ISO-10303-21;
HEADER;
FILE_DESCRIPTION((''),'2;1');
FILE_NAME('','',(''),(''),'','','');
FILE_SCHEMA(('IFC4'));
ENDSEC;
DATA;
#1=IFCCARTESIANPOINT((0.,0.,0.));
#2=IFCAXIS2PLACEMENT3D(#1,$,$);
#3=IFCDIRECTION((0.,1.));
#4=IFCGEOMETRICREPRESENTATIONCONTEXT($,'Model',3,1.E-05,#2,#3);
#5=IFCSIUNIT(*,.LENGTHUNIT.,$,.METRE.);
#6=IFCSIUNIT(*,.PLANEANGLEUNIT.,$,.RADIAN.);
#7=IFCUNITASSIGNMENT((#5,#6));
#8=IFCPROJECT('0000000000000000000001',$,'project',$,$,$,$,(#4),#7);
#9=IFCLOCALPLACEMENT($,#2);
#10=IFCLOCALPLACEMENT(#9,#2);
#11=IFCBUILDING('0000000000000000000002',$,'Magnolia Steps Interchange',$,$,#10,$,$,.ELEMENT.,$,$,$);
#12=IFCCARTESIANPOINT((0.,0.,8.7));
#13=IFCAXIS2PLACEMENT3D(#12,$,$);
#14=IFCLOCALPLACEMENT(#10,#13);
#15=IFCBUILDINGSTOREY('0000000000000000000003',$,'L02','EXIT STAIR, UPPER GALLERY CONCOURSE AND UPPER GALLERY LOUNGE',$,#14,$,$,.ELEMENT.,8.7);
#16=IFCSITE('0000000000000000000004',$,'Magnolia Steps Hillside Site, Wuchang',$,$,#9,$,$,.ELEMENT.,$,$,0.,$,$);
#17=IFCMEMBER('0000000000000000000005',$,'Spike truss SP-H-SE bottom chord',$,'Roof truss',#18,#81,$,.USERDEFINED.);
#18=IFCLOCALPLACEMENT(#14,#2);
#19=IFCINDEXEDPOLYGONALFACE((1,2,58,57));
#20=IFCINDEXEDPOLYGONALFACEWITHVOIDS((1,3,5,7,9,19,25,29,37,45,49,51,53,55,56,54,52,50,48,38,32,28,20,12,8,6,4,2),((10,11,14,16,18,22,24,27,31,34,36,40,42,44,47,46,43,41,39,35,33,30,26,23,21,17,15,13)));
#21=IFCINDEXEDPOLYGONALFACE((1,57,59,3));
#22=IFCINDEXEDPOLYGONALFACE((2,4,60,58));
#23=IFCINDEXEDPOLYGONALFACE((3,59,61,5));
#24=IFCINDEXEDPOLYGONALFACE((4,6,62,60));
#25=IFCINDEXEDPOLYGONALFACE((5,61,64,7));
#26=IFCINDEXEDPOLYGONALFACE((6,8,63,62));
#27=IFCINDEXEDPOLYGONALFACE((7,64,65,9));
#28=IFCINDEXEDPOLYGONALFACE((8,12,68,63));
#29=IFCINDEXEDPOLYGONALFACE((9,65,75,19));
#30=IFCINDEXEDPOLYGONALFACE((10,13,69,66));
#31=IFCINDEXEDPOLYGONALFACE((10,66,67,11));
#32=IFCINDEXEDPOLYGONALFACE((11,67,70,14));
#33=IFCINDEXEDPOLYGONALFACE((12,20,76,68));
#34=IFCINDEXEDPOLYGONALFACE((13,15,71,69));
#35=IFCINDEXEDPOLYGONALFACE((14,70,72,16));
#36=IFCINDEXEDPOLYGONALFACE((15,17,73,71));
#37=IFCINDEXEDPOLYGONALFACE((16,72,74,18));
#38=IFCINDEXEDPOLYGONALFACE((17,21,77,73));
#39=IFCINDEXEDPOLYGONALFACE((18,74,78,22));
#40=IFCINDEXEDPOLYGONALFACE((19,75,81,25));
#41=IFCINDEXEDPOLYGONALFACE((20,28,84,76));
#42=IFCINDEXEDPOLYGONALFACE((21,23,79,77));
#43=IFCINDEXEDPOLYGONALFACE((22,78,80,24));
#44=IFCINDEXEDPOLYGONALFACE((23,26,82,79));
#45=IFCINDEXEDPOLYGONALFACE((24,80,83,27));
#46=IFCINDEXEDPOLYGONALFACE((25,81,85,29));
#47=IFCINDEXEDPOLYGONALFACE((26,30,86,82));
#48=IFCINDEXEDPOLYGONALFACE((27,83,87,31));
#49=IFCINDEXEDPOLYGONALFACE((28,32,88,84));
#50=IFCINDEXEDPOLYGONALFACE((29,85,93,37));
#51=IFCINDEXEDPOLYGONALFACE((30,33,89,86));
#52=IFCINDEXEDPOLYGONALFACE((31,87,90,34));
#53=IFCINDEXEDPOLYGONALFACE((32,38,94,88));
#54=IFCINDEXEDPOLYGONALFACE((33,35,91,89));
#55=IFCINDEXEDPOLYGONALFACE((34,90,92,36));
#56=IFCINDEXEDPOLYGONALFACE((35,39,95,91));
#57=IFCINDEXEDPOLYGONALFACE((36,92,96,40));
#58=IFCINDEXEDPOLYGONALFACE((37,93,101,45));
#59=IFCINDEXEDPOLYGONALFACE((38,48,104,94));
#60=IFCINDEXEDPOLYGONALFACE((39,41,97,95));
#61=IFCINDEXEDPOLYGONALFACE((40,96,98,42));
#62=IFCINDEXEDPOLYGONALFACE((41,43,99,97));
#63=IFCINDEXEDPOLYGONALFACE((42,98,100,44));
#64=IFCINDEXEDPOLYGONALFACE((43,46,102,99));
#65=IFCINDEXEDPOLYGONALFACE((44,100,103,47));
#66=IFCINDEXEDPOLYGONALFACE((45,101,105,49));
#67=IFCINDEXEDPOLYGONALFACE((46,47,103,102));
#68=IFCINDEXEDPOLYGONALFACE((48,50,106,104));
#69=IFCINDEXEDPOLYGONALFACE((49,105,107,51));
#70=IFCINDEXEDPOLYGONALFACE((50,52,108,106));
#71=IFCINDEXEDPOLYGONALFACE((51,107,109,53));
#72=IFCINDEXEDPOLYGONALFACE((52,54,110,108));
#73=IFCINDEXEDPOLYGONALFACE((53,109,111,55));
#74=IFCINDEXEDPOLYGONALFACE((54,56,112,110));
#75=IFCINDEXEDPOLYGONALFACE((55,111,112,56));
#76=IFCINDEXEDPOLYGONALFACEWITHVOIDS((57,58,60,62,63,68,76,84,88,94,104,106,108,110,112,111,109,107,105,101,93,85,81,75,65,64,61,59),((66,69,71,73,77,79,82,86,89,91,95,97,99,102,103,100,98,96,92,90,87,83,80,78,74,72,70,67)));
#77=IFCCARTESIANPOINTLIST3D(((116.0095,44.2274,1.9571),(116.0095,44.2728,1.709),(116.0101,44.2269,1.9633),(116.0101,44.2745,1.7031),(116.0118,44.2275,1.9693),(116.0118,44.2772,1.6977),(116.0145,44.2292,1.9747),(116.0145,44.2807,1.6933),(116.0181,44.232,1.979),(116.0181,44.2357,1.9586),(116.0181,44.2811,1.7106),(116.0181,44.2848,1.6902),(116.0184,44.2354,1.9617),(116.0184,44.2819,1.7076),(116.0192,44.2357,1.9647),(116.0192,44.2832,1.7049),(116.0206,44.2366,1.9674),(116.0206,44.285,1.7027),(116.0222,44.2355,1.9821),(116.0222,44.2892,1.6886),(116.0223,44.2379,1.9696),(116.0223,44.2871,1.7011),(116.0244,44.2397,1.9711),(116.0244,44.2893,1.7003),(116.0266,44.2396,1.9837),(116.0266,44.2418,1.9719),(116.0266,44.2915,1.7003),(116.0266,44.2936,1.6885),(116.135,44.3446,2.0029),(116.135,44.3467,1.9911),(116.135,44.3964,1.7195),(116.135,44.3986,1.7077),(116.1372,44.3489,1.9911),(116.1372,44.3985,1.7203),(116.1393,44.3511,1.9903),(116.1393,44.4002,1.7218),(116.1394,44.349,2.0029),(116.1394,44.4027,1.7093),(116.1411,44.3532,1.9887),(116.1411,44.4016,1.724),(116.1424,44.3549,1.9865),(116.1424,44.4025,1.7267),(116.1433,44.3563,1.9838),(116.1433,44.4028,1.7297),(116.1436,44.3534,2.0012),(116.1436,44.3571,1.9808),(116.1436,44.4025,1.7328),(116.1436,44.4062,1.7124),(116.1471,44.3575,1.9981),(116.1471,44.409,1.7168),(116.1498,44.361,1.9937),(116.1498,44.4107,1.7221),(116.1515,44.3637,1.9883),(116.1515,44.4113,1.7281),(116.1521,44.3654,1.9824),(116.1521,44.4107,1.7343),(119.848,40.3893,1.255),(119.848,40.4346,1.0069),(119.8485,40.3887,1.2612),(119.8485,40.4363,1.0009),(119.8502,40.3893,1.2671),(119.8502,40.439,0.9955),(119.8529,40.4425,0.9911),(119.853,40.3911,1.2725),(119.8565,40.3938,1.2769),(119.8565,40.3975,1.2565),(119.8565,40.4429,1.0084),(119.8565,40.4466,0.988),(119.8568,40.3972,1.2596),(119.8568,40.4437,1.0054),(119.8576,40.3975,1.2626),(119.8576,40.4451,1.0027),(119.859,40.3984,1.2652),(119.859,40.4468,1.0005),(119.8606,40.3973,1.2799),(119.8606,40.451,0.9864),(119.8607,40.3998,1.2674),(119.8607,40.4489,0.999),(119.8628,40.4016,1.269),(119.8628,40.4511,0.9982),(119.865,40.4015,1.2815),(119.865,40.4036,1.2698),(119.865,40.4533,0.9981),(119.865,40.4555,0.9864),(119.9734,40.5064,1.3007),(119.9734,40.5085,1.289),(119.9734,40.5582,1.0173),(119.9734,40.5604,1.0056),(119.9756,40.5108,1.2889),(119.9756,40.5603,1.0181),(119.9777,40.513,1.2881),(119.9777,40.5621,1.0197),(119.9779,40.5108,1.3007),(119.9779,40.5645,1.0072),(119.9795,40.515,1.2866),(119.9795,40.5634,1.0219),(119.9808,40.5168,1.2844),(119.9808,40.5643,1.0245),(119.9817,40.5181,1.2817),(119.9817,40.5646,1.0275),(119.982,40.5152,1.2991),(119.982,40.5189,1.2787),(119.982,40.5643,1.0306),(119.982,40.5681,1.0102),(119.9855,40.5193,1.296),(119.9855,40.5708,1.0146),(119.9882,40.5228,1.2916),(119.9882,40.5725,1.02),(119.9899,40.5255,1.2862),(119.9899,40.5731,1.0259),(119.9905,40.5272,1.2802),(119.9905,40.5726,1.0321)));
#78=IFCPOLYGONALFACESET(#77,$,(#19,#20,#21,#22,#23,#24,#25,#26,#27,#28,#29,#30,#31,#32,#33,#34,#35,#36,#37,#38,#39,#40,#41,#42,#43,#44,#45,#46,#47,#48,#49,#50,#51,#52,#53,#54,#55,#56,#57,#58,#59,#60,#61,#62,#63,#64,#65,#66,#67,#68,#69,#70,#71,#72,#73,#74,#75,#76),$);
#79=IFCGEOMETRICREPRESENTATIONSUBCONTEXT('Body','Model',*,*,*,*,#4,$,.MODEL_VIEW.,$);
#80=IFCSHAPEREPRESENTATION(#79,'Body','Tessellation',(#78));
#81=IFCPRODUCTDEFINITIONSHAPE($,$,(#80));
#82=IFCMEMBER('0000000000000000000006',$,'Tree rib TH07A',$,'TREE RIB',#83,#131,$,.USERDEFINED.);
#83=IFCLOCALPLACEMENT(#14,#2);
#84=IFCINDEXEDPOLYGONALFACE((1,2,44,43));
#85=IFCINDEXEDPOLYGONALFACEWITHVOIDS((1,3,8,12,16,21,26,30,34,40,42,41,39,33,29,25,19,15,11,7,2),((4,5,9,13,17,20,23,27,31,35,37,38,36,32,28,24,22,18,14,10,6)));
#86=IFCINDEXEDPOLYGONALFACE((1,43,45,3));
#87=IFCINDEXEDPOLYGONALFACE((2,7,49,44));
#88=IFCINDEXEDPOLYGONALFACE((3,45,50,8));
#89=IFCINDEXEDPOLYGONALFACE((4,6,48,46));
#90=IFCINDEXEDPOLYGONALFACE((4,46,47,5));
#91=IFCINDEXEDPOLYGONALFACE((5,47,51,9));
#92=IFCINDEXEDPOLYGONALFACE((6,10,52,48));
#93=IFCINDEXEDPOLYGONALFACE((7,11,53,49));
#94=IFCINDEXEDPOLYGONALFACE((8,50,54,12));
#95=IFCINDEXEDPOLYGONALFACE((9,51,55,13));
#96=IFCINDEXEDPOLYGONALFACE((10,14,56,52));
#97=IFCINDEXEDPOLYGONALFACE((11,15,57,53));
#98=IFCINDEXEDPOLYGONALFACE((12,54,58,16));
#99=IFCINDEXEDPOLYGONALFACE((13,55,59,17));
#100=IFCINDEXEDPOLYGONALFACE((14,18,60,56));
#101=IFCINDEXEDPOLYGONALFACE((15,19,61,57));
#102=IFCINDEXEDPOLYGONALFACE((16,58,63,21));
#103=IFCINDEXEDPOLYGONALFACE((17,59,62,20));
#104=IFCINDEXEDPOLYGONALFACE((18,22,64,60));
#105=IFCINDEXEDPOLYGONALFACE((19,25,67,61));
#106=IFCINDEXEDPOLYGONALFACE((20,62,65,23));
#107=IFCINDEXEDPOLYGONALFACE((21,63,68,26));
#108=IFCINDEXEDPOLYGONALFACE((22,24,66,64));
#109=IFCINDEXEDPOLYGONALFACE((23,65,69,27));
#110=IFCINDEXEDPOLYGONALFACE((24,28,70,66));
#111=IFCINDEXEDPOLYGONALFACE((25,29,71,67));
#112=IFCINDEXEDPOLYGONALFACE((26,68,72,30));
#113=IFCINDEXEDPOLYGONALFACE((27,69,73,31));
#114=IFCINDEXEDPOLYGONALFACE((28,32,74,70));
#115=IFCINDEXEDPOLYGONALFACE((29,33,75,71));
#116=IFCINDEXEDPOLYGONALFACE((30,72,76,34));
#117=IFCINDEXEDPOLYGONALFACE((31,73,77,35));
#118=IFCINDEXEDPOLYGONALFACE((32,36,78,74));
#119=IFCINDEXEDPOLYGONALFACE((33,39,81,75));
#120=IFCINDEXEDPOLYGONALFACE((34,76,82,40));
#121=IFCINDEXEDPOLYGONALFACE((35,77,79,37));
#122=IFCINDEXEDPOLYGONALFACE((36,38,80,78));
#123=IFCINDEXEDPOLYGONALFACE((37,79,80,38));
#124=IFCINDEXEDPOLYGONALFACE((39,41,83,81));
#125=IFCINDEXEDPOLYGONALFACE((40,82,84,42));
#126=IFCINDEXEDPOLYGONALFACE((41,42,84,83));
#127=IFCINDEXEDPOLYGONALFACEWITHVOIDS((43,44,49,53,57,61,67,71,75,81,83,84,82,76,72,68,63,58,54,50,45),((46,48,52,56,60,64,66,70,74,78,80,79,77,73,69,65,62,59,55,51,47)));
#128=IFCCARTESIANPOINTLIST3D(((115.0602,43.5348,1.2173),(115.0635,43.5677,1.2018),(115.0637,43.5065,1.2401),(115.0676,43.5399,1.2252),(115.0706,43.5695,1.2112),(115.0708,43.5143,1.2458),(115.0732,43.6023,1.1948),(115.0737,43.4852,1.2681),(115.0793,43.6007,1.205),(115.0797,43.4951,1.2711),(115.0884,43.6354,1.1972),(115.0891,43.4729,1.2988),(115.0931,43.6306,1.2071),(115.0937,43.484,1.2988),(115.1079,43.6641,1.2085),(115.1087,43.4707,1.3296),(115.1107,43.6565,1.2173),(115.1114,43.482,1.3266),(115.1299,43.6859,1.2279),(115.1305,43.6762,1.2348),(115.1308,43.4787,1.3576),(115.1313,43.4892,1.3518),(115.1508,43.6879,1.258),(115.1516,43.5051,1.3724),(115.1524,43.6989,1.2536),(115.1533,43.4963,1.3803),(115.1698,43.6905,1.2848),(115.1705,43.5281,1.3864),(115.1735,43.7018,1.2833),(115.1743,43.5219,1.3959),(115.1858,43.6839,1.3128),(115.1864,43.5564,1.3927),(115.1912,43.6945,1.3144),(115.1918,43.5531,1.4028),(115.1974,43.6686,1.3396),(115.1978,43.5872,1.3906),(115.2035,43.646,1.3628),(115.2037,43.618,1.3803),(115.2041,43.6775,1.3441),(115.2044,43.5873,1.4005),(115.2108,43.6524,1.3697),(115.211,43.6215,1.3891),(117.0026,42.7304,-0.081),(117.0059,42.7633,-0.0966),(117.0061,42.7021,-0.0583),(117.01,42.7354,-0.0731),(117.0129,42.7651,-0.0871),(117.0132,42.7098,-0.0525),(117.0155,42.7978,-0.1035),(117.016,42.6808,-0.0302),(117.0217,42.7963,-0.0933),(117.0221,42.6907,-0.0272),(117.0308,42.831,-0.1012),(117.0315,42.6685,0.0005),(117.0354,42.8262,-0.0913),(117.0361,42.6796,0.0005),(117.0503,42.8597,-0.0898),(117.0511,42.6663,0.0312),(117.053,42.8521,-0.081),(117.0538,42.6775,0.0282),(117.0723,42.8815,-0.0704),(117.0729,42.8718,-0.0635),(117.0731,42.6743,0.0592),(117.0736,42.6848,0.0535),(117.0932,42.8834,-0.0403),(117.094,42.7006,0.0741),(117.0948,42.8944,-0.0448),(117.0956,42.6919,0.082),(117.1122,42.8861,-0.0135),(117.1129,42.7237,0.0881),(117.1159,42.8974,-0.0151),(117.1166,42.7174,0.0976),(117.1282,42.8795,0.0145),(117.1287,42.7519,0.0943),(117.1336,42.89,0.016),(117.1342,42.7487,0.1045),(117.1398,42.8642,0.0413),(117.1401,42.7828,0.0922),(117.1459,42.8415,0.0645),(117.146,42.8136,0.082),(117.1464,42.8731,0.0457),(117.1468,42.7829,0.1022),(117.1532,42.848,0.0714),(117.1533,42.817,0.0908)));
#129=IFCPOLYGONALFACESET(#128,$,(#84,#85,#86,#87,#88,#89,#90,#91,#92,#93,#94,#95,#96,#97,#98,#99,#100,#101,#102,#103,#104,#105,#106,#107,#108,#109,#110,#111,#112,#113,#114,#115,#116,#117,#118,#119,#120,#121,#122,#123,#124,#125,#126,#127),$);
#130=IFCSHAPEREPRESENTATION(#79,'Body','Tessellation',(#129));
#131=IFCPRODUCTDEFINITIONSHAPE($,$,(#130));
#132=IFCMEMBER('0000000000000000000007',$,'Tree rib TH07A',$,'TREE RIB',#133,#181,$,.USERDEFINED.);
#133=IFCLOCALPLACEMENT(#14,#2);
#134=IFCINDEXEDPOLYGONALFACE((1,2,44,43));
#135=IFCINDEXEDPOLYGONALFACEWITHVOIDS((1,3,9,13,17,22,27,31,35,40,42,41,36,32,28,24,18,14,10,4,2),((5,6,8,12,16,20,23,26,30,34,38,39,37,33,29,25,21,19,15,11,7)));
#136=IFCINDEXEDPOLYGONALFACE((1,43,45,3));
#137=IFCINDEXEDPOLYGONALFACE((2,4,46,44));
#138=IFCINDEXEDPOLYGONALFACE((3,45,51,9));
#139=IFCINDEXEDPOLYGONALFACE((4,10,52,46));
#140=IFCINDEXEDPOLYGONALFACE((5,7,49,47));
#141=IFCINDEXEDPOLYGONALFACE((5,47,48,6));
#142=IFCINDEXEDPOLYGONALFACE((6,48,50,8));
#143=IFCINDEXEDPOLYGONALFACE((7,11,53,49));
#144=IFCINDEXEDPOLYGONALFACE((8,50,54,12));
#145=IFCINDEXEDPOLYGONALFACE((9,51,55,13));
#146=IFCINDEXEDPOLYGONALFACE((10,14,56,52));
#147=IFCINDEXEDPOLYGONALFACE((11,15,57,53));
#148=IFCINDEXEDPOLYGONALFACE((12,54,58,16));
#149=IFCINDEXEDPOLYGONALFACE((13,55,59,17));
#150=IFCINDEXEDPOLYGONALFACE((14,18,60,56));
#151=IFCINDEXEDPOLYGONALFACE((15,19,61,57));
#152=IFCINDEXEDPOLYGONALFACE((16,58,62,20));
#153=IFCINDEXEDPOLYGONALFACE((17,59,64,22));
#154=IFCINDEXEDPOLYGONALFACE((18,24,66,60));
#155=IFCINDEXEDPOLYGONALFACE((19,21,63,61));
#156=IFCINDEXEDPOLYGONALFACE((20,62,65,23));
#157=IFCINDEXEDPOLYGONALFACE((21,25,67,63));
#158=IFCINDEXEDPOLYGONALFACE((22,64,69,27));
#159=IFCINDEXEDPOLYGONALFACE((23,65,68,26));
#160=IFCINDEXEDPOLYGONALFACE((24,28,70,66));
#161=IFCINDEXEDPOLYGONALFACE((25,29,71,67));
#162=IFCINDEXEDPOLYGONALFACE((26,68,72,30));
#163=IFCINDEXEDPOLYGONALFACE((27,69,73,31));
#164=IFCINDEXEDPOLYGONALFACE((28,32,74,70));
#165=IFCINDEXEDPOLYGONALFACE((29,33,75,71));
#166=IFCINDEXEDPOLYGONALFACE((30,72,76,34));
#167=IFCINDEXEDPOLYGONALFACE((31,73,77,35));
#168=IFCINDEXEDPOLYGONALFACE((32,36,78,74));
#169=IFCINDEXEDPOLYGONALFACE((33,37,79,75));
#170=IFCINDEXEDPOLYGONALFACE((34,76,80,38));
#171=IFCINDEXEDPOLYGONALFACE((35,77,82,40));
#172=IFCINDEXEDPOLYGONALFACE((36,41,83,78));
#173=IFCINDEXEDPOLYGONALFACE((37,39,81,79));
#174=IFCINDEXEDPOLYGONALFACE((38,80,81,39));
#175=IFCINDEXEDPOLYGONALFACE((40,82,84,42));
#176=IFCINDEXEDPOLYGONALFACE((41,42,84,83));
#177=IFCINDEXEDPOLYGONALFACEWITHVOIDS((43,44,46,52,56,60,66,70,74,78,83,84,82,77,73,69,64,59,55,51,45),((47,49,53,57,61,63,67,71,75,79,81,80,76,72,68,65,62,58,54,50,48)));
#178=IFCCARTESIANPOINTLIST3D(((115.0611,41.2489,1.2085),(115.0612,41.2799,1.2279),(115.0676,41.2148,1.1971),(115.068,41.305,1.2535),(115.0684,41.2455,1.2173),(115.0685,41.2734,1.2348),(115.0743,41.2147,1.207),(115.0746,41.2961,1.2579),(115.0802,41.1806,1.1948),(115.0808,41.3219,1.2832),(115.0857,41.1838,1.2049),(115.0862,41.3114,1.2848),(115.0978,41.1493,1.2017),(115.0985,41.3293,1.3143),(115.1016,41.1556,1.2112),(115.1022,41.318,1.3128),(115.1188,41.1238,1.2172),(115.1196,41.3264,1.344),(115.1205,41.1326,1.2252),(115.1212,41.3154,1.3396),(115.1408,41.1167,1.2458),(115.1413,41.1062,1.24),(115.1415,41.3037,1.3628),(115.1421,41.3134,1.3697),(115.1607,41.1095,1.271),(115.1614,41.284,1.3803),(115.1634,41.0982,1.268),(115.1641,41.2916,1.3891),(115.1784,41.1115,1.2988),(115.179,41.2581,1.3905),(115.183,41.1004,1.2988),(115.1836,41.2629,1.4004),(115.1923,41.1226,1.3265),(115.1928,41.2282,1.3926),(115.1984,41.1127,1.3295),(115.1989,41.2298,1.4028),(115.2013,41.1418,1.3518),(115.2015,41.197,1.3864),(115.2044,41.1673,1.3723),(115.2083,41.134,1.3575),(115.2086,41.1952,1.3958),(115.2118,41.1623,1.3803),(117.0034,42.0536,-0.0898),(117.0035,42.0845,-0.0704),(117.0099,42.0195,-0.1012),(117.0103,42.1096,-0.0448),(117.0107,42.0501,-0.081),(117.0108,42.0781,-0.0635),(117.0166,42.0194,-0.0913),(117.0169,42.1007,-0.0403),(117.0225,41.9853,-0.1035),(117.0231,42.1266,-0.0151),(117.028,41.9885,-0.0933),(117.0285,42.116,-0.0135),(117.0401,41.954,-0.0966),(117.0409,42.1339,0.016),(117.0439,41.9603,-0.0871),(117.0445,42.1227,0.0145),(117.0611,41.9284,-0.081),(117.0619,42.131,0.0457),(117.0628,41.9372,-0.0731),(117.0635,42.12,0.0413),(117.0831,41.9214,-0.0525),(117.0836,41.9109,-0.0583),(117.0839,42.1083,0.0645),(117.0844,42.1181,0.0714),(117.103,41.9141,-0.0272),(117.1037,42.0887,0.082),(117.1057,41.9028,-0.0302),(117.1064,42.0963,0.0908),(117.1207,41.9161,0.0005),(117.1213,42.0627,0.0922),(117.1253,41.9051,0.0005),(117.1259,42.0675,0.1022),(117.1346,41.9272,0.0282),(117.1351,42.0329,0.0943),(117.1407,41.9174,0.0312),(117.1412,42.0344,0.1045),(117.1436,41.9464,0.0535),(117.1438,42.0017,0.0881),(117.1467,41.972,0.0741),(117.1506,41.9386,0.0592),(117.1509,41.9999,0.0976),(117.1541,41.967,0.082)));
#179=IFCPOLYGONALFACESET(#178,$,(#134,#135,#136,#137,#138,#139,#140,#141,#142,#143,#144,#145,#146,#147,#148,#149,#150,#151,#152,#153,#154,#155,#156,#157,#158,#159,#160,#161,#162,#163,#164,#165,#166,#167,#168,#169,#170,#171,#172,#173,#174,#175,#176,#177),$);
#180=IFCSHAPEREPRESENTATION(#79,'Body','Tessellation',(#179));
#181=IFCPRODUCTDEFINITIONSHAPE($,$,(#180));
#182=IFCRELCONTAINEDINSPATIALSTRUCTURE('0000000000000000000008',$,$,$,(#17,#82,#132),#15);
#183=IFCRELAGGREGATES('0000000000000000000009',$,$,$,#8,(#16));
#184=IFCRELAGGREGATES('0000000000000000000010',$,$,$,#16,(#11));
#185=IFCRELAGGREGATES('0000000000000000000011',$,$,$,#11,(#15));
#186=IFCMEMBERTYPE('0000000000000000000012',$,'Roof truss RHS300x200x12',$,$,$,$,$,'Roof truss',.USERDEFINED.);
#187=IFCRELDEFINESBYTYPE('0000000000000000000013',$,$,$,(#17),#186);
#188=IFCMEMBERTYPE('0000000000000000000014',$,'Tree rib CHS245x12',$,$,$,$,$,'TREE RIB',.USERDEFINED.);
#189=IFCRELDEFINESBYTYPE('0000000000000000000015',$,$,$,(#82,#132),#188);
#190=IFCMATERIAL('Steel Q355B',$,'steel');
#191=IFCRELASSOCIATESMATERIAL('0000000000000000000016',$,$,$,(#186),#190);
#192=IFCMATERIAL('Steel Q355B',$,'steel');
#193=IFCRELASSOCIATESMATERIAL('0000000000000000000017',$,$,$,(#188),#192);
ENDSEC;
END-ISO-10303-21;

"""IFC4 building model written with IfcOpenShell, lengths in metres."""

from ifc_helpers import new_model, si_unit, direction, frame, origin, origin_2d, place, context, subcontext, project, spatial, hollow_rectangle, hollow_circle, extrude, material, material_profile, profile_set, type_object, element, save


model = new_model("IFC4")

# Units and contexts
model_context = context("Model", 3, precision=1e-05, world=origin(), true_north=direction((0.0, 1.0)))
body_context = subcontext(model_context, "Body", "Model", "MODEL_VIEW")
ifc_project = project(units=[si_unit("LENGTHUNIT", "METRE"), si_unit("PLANEANGLEUNIT", "RADIAN")], contexts=[model_context])

# Site, building, storey
site_placement = place(None, origin())
site = spatial("IfcSite", under=ifc_project, at=site_placement, Name="Magnolia Steps Hillside Site, Wuchang", CompositionType="ELEMENT", RefElevation=0.0)
building_placement = place(site_placement, origin())
building = spatial("IfcBuilding", under=site, at=building_placement, Name="Magnolia Steps Interchange", CompositionType="ELEMENT")
storey_placement = place(building_placement, frame((0.0, 0.0, 8.7)))
storey = spatial("IfcBuildingStorey", under=building, at=storey_placement, Name="L02", Description="EXIT STAIR, UPPER GALLERY CONCOURSE AND UPPER GALLERY LOUNGE", CompositionType="ELEMENT", Elevation=8.7)

# Members
ifc_material_1 = material(Name="Steel Q355B", Category="steel")
ifc_material_profile_1 = material_profile(ifc_material_1, hollow_rectangle(XDim=0.2, YDim=0.3, WallThickness=0.012, InnerFilletRadius=0.012, OuterFilletRadius=0.0239, at=origin_2d()), Name="RHS300x200x12")
ifc_profile_set_1 = profile_set([ifc_material_profile_1], Name="Steel Q355B")
member_type_1 = type_object("IfcMemberType", Name="Roof truss RHS300x200x12", ElementType="Roof truss", PredefinedType="USERDEFINED", material=ifc_profile_set_1)
member_placement = place(storey_placement, frame((116.0808, 44.3191, 1.8457), z_axis=(0.701286, -0.701242, -0.128285), x_axis=(0.71288, 0.68984, 0.126186)))
element("IfcMember", 1, at=member_placement, inside=storey, type_object=member_type_1, Name="Spike truss SP-H-SE bottom chord", ObjectType="Roof truss", PredefinedType="USERDEFINED", context=body_context, shape_type="SweptSolid", body=[
    extrude(hollow_rectangle(XDim=0.2, YDim=0.3, WallThickness=0.012, InnerFilletRadius=0.012, OuterFilletRadius=0.0239, at=origin_2d()), origin(), (0.0, 0.0, 1.0), 5.4734),
])
ifc_material_2 = material(Name="Steel Q355B", Category="steel")
ifc_material_profile_2 = material_profile(ifc_material_2, hollow_circle(Radius=0.1226, WallThickness=0.012, at=origin_2d()), Name="CHS245x12")
ifc_profile_set_2 = profile_set([ifc_material_profile_2], Name="Steel Q355B")
member_type_2 = type_object("IfcMemberType", Name="Tree rib CHS245x12", ElementType="TREE RIB", PredefinedType="USERDEFINED", material=ifc_profile_set_2)
for number, where, z_axis, x_axis, name in (
    (2, (117.0784, 42.7817, 0.0005), (-0.786083, 0.325558, 0.525438), (-0.382636, -0.923899, 0.0), "Tree rib TH07A"),
    (3, (117.0784, 42.0183, 0.0005), (-0.786058, -0.325647, 0.525422), (0.382735, -0.923858, 0.0), "Tree rib TH07A"),
):
    element("IfcMember", number, at=place(storey_placement, frame(where, z_axis=z_axis, x_axis=x_axis)), inside=storey, type_object=member_type_2, Name=name, ObjectType="TREE RIB", PredefinedType="USERDEFINED", context=body_context, shape_type="SweptSolid", body=[
        extrude(hollow_circle(Radius=0.1226, WallThickness=0.012, at=origin_2d()), origin(), (0.0, 0.0, 1.0), 2.4709),
    ])

save(model, "model.ifc")
